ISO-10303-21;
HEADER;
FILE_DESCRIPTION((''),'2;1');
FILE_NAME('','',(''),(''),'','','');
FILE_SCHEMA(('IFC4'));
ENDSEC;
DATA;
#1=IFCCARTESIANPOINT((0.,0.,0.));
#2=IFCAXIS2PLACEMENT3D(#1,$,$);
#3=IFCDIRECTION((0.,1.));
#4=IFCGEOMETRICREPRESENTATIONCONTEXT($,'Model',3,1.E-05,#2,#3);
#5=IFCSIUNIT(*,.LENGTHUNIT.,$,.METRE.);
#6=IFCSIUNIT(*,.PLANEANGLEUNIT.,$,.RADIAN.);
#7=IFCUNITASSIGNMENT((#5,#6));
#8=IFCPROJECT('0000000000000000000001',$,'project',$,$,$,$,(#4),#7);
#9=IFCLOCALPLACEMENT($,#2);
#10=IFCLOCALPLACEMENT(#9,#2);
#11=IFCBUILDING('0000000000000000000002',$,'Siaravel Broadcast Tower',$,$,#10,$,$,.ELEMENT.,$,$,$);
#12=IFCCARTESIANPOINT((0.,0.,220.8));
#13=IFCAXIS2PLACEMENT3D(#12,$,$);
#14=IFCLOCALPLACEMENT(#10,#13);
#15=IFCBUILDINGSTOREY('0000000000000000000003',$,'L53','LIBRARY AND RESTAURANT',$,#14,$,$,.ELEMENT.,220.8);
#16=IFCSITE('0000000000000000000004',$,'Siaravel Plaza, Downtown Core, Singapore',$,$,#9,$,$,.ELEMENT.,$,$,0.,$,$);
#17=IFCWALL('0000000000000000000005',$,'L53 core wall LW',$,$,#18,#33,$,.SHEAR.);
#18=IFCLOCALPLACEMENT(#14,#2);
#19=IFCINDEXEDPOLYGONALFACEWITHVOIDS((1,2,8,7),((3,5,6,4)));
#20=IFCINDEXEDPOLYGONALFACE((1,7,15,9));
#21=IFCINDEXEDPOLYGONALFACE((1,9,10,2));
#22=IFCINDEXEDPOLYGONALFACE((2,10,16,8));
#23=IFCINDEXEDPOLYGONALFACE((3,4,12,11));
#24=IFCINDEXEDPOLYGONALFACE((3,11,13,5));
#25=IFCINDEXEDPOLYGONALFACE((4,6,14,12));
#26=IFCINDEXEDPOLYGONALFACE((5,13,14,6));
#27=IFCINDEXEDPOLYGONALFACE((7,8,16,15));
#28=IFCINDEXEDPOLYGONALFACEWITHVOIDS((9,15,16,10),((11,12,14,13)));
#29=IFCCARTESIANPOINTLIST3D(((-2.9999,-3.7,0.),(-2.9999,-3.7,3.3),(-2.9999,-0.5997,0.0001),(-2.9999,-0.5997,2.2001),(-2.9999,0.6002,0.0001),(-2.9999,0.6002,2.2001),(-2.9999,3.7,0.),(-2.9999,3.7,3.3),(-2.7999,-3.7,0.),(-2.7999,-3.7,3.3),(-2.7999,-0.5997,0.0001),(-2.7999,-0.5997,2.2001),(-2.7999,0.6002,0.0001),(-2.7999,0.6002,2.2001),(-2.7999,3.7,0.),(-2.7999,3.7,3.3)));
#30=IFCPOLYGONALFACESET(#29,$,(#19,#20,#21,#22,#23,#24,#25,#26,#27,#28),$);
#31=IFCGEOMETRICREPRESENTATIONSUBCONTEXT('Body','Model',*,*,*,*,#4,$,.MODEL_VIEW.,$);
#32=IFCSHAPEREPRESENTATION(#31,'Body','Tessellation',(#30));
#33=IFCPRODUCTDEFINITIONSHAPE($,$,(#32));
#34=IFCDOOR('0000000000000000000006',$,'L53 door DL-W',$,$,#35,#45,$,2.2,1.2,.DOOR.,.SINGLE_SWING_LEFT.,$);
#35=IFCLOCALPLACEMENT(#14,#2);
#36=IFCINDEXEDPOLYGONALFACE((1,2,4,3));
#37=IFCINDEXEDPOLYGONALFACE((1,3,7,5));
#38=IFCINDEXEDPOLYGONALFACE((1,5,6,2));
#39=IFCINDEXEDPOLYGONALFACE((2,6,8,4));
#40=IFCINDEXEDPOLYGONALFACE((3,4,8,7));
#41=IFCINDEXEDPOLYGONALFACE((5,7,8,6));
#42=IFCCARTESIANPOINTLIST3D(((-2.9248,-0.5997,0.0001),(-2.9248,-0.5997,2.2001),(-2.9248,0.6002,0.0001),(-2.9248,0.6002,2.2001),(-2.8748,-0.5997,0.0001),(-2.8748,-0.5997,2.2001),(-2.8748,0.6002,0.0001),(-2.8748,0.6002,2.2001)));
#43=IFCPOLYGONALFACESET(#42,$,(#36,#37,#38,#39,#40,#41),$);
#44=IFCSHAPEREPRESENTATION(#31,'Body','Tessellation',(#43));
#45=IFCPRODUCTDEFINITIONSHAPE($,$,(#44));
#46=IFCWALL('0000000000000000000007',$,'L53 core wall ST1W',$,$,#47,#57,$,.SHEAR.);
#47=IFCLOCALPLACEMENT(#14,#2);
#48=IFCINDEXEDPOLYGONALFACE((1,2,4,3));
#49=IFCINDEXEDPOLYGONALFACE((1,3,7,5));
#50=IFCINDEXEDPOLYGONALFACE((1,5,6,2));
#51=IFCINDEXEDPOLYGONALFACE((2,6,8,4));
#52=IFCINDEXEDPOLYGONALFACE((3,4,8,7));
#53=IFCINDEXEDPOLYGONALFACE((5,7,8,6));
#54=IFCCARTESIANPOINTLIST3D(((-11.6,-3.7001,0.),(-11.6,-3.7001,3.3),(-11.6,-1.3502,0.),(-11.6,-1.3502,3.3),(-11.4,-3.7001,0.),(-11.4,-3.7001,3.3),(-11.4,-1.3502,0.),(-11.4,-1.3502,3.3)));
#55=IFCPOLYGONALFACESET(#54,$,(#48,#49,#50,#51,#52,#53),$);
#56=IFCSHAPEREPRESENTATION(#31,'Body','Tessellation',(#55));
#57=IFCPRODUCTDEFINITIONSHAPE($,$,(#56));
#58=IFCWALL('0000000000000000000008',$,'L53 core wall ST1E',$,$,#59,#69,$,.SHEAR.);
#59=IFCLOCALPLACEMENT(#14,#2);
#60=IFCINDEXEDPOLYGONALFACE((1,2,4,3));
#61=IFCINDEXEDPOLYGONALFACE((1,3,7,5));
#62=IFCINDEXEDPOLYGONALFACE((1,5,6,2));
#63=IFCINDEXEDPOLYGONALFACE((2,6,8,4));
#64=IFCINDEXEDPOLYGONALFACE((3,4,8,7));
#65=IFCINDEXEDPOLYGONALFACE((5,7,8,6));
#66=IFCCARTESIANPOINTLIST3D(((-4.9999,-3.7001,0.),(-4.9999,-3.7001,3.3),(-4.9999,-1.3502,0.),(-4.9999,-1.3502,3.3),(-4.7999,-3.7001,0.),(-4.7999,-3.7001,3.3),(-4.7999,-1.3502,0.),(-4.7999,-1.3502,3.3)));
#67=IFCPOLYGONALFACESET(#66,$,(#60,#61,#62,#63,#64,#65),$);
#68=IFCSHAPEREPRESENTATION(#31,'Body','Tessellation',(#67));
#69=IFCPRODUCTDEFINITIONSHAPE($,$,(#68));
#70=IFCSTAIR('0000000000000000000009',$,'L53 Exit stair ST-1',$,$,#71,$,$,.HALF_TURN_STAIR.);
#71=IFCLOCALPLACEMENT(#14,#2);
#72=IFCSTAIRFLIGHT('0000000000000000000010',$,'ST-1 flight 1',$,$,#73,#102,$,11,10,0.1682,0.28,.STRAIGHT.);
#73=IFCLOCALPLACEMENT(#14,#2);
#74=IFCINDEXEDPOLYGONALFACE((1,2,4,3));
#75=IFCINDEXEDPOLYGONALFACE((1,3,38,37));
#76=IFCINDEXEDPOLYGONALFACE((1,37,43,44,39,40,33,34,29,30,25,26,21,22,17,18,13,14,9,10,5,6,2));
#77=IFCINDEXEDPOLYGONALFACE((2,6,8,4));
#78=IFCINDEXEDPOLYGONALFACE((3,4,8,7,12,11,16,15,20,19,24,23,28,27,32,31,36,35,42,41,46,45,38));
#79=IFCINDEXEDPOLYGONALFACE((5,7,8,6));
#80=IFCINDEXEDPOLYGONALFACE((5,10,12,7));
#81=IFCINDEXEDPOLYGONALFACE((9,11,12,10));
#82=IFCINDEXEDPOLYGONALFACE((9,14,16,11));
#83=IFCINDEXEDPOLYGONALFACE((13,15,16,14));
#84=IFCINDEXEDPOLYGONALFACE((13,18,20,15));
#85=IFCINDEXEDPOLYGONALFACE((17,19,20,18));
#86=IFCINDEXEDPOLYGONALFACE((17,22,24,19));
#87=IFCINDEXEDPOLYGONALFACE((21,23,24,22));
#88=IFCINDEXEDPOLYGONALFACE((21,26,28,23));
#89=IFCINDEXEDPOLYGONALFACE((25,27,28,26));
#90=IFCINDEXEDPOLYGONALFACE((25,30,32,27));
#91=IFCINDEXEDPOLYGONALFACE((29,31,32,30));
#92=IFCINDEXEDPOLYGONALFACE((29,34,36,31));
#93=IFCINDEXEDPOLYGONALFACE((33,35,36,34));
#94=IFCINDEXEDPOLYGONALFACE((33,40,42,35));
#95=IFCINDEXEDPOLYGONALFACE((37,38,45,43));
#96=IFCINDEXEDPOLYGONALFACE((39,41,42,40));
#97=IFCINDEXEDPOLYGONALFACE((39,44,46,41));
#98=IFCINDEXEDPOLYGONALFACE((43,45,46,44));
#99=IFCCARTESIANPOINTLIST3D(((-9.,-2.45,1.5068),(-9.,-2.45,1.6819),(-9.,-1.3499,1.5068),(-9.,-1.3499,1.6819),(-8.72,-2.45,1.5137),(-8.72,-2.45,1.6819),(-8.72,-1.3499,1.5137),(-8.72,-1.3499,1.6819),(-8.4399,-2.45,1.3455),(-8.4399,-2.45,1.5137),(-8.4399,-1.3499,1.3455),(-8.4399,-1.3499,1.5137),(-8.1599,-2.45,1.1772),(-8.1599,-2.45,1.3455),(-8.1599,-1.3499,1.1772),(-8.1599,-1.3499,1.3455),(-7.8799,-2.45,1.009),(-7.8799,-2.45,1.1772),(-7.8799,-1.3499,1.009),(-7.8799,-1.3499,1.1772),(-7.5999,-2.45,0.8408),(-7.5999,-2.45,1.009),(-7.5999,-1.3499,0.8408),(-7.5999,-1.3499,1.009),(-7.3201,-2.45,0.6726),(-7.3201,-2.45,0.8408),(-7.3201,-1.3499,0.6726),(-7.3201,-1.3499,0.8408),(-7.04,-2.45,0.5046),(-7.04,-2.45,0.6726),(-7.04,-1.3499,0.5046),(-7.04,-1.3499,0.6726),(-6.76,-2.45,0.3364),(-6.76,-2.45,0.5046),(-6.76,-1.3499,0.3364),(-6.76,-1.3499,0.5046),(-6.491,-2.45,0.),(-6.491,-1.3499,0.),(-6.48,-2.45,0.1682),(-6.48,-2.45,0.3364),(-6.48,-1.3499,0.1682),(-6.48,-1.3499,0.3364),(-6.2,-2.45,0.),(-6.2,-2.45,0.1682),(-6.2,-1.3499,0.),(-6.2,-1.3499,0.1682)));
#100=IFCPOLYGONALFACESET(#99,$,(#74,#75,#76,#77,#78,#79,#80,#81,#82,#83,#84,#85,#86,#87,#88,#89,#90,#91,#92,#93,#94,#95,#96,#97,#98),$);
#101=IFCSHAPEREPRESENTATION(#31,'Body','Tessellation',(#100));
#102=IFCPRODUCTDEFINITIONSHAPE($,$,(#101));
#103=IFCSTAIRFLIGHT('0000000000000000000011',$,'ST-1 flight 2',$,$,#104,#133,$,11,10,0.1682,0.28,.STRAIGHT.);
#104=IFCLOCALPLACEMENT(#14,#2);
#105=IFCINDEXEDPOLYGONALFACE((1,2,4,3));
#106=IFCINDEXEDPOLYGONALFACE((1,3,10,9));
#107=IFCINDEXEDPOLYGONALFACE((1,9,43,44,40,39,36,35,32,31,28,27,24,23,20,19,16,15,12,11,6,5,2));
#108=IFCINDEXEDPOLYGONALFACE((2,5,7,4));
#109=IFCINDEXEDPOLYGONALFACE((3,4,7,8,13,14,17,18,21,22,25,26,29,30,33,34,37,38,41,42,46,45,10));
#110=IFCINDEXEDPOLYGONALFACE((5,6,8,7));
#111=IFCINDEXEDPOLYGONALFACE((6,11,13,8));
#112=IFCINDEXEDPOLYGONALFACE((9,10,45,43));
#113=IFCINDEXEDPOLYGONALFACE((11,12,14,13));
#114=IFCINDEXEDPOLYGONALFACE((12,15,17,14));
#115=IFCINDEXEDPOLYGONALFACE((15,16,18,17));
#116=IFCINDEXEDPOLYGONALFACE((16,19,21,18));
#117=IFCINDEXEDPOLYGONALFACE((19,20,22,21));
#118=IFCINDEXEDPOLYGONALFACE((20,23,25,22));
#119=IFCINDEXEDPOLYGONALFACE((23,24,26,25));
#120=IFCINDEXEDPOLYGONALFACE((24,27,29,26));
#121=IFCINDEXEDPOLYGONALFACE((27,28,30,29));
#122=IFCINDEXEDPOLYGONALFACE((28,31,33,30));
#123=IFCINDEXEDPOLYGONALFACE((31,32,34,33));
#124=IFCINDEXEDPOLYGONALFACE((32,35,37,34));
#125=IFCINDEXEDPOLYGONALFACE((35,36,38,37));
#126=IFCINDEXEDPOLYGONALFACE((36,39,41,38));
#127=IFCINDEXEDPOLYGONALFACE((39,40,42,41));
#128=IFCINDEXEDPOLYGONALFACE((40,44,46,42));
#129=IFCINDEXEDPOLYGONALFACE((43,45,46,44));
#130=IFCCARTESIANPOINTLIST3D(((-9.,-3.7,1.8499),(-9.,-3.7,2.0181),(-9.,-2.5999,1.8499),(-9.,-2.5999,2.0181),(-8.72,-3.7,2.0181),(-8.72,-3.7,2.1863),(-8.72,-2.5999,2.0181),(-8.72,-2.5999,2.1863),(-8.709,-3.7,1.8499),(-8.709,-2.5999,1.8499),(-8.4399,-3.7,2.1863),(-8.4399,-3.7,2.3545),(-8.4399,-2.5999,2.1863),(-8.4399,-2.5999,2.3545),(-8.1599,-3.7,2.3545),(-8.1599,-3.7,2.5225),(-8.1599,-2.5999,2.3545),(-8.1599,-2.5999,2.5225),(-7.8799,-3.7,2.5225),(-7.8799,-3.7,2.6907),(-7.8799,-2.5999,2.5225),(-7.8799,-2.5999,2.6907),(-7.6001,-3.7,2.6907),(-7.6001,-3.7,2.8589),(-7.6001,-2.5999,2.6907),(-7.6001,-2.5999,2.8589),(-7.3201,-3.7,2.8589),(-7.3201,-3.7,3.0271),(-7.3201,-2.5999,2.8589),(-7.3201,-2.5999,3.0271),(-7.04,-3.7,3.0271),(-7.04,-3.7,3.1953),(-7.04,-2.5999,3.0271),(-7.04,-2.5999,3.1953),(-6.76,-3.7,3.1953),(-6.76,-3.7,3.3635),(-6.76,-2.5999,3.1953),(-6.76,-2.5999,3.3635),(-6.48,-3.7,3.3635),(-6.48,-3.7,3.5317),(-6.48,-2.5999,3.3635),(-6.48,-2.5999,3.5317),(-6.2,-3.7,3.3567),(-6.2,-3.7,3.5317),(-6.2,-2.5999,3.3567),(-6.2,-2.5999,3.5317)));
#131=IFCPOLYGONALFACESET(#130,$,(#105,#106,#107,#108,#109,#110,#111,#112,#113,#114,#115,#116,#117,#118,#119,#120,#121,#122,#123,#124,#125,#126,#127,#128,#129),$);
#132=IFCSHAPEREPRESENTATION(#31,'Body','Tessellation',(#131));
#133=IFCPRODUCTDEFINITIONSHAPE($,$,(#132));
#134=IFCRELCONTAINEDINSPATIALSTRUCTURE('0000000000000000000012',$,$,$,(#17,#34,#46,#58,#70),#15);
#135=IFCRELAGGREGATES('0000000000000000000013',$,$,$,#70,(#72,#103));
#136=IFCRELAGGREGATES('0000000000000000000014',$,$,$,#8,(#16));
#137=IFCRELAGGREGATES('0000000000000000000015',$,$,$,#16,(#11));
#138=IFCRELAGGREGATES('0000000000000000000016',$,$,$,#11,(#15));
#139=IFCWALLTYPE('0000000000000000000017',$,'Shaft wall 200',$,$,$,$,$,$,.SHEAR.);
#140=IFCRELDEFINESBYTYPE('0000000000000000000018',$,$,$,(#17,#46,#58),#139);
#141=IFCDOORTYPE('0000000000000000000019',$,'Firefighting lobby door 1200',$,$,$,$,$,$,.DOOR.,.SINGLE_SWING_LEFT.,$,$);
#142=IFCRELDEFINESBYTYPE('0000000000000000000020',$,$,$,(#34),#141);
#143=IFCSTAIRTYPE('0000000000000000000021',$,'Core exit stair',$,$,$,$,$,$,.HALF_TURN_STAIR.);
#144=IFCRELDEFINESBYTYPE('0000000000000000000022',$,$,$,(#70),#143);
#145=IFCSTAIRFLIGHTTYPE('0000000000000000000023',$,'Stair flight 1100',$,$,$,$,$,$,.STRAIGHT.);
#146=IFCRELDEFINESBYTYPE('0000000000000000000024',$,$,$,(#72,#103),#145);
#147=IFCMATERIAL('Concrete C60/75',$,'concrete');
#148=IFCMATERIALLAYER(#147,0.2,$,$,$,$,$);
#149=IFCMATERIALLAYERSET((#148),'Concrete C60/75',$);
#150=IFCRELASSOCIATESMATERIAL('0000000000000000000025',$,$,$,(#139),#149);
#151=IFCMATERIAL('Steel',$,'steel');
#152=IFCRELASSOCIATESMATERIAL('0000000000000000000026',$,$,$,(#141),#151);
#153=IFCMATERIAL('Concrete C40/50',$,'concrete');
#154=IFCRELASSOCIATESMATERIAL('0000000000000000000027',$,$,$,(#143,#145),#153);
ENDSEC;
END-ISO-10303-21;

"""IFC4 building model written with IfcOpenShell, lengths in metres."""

from ifc_helpers import new_model, si_unit, direction, frame, frame_2d, origin, place, context, subcontext, project, spatial, polyline, rectangle, outline, extrude, material, layer, layer_set, type_object, element, fill, aggregate, save


model = new_model("IFC4")

# Units and contexts
model_context = context("Model", 3, precision=1e-05, world=origin(), true_north=direction((0.0, 1.0)))
body_context = subcontext(model_context, "Body", "Model", "MODEL_VIEW")
ifc_project = project(units=[si_unit("LENGTHUNIT", "METRE"), si_unit("PLANEANGLEUNIT", "RADIAN")], contexts=[model_context])

# Site, building, storey
site_placement = place(None, origin())
site = spatial("IfcSite", under=ifc_project, at=site_placement, Name="Siaravel Plaza, Downtown Core, Singapore", CompositionType="ELEMENT", RefElevation=0.0)
building_placement = place(site_placement, origin())
building = spatial("IfcBuilding", under=site, at=building_placement, Name="Siaravel Broadcast Tower", CompositionType="ELEMENT")
storey_placement = place(building_placement, frame((0.0, 0.0, 220.8)))
storey = spatial("IfcBuildingStorey", under=building, at=storey_placement, Name="L53", Description="LIBRARY AND RESTAURANT", CompositionType="ELEMENT", Elevation=220.8)

# Shared definitions
ifc_material_1 = material(Name="Concrete C60/75", Category="concrete")
ifc_material_2 = material(Name="Steel", Category="steel")

# Shared definitions
ifc_layer_1 = layer(ifc_material_1, 0.2)
ifc_layer_set_1 = layer_set([ifc_layer_1], Name="Concrete C60/75")
wall_type_1 = type_object("IfcWallType", Name="Shaft wall 200", PredefinedType="SHEAR", material=ifc_layer_set_1)

# Wall, opening, door
wall_1_placement = place(storey_placement, frame((-2.8999, -3.7, 0.0), z_axis=(0.0, 0.0, 1.0), x_axis=(0.0, 1.0, 0.0)))
wall_1 = element("IfcWall", 1, at=wall_1_placement, inside=storey, type_object=wall_type_1, Name="L53 core wall LW", PredefinedType="SHEAR", context=body_context, shape_type="SweptSolid", body=[
    extrude(rectangle(XDim=7.3999, YDim=0.2, at=frame_2d((3.7, 0.0))), origin(), (0.0, 0.0, 1.0), 3.3),
])
opening_1_placement = place(wall_1_placement, frame((3.1001, 0.0, 0.0)))
opening_1 = element("IfcOpeningElement", 2, at=opening_1_placement, cuts=wall_1, PredefinedType="OPENING", context=body_context, shape_type="SweptSolid", body=[
    extrude(rectangle(XDim=1.2, YDim=2.2, at=frame_2d((0.6001, 1.1001))), frame((0.0, 0.1099, 0.0), z_axis=(0.0, -1.0, 0.0), x_axis=(1.0, 0.0, 0.0)), (0.0, 0.0, 1.0), 0.22),
])
door_type_1 = type_object("IfcDoorType", Name="Firefighting lobby door 1200", OperationType="SINGLE_SWING_LEFT", PredefinedType="DOOR", material=ifc_material_2)
door_1_placement = place(opening_1_placement, origin())
door_1 = element("IfcDoor", 3, at=door_1_placement, inside=storey, type_object=door_type_1, Name="L53 door DL-W", OperationType="SINGLE_SWING_LEFT", OverallHeight=2.2, OverallWidth=1.2, PredefinedType="DOOR", context=body_context, shape_type="SweptSolid", body=[
    extrude(rectangle(XDim=1.2, YDim=2.2, at=frame_2d((0.6001, 1.1001))), frame((0.0, 0.0249, 0.0), z_axis=(0.0, -1.0, 0.0), x_axis=(1.0, 0.0, 0.0)), (0.0, 0.0, 1.0), 0.05),
])
fill(opening_1, door_1)

# Walls
for number, where, z_axis, x_axis, name in (
    (4, (-11.5, -3.7, 0.0), (0.0, 0.0, 1.0), (0.0, 1.0, 0.0), "L53 core wall ST1W"),
    (5, (-4.8999, -3.7, 0.0), (0.0, 0.0, 1.0), (0.0, 1.0, 0.0), "L53 core wall ST1E"),
):
    element("IfcWall", number, at=place(storey_placement, frame(where, z_axis=z_axis, x_axis=x_axis)), inside=storey, type_object=wall_type_1, Name=name, PredefinedType="SHEAR", context=body_context, shape_type="SweptSolid", body=[
        extrude(rectangle(XDim=2.3499, YDim=0.2, at=frame_2d((1.1748, 0.0))), origin(), (0.0, 0.0, 1.0), 3.3),
    ])

# Stair, stair flights
ifc_material_3 = material(Name="Concrete C40/50", Category="concrete")
stair_type = type_object("IfcStairType", Name="Core exit stair", PredefinedType="HALF_TURN_STAIR", material=ifc_material_3)
stair_placement = place(storey_placement, origin())
stair = element("IfcStair", 6, at=stair_placement, inside=storey, type_object=stair_type, Name="L53 Exit stair ST-1", PredefinedType="HALF_TURN_STAIR")
stair_flight_type = type_object("IfcStairFlightType", Name="Stair flight 1100", PredefinedType="STRAIGHT", material=ifc_material_3)
stair_flight_1_placement = place(storey_placement, frame((-6.2, -1.8999, 0.0), z_axis=(0.0, 0.0, 1.0), x_axis=(-1.0, 0.0, 0.0)))
stair_flight_1 = element("IfcStairFlight", 7, at=stair_flight_1_placement, type_object=stair_flight_type, Name="ST-1 flight 1", NumberOfRisers=11, NumberOfTreads=10, PredefinedType="STRAIGHT", RiserHeight=0.1682, TreadLength=0.28, context=body_context, shape_type="SweptSolid", body=[
    extrude(outline(polyline([(0.0, 0.0), (0.0, 0.1682), (0.28, 0.1682), (0.28, 0.3364), (0.5601, 0.3364), (0.5601, 0.5046), (0.8401, 0.5046), (0.8401, 0.6726), (1.1201, 0.6726), (1.1201, 0.8408), (1.3999, 0.8408), (1.3999, 1.009), (1.6799, 1.009), (1.6799, 1.1772), (1.96, 1.1772), (1.96, 1.3455), (2.24, 1.3455), (2.24, 1.5137), (2.52, 1.5137), (2.52, 1.6819), (2.8, 1.6819), (2.8, 1.8501), (2.8, 1.5068), (0.291, 0.0), (0.0, 0.0)])), frame((0.0, 0.55, 0.0), z_axis=(0.0, -1.0, 0.0), x_axis=(1.0, 0.0, 0.0)), (0.0, 0.0, 1.0), 1.1001),
])
stair_flight_2_placement = place(storey_placement, frame((-9.0, -3.1499, 1.8499), z_axis=(0.0, 0.0, 1.0), x_axis=(1.0, 0.0, 0.0)))
stair_flight_2 = element("IfcStairFlight", 8, at=stair_flight_2_placement, type_object=stair_flight_type, Name="ST-1 flight 2", NumberOfRisers=11, NumberOfTreads=10, PredefinedType="STRAIGHT", RiserHeight=0.1682, TreadLength=0.28, context=body_context, shape_type="SweptSolid", body=[
    extrude(outline(polyline([(0.0, 0.0), (0.0, 0.1682), (0.28, 0.1682), (0.28, 0.3364), (0.5601, 0.3364), (0.5601, 0.5046), (0.8401, 0.5046), (0.8401, 0.6726), (1.1201, 0.6726), (1.1201, 0.8408), (1.3999, 0.8408), (1.3999, 1.009), (1.6799, 1.009), (1.6799, 1.1772), (1.96, 1.1772), (1.96, 1.3455), (2.24, 1.3455), (2.24, 1.5137), (2.52, 1.5137), (2.52, 1.6819), (2.8, 1.6819), (2.8, 1.8501), (2.8, 1.5068), (0.291, 0.0), (0.0, 0.0)])), frame((0.0, 0.55, 0.0), z_axis=(0.0, -1.0, 0.0), x_axis=(1.0, 0.0, 0.0)), (0.0, 0.0, 1.0), 1.1001),
])
aggregate(stair, [stair_flight_1, stair_flight_2])

save(model, "model.ifc")
